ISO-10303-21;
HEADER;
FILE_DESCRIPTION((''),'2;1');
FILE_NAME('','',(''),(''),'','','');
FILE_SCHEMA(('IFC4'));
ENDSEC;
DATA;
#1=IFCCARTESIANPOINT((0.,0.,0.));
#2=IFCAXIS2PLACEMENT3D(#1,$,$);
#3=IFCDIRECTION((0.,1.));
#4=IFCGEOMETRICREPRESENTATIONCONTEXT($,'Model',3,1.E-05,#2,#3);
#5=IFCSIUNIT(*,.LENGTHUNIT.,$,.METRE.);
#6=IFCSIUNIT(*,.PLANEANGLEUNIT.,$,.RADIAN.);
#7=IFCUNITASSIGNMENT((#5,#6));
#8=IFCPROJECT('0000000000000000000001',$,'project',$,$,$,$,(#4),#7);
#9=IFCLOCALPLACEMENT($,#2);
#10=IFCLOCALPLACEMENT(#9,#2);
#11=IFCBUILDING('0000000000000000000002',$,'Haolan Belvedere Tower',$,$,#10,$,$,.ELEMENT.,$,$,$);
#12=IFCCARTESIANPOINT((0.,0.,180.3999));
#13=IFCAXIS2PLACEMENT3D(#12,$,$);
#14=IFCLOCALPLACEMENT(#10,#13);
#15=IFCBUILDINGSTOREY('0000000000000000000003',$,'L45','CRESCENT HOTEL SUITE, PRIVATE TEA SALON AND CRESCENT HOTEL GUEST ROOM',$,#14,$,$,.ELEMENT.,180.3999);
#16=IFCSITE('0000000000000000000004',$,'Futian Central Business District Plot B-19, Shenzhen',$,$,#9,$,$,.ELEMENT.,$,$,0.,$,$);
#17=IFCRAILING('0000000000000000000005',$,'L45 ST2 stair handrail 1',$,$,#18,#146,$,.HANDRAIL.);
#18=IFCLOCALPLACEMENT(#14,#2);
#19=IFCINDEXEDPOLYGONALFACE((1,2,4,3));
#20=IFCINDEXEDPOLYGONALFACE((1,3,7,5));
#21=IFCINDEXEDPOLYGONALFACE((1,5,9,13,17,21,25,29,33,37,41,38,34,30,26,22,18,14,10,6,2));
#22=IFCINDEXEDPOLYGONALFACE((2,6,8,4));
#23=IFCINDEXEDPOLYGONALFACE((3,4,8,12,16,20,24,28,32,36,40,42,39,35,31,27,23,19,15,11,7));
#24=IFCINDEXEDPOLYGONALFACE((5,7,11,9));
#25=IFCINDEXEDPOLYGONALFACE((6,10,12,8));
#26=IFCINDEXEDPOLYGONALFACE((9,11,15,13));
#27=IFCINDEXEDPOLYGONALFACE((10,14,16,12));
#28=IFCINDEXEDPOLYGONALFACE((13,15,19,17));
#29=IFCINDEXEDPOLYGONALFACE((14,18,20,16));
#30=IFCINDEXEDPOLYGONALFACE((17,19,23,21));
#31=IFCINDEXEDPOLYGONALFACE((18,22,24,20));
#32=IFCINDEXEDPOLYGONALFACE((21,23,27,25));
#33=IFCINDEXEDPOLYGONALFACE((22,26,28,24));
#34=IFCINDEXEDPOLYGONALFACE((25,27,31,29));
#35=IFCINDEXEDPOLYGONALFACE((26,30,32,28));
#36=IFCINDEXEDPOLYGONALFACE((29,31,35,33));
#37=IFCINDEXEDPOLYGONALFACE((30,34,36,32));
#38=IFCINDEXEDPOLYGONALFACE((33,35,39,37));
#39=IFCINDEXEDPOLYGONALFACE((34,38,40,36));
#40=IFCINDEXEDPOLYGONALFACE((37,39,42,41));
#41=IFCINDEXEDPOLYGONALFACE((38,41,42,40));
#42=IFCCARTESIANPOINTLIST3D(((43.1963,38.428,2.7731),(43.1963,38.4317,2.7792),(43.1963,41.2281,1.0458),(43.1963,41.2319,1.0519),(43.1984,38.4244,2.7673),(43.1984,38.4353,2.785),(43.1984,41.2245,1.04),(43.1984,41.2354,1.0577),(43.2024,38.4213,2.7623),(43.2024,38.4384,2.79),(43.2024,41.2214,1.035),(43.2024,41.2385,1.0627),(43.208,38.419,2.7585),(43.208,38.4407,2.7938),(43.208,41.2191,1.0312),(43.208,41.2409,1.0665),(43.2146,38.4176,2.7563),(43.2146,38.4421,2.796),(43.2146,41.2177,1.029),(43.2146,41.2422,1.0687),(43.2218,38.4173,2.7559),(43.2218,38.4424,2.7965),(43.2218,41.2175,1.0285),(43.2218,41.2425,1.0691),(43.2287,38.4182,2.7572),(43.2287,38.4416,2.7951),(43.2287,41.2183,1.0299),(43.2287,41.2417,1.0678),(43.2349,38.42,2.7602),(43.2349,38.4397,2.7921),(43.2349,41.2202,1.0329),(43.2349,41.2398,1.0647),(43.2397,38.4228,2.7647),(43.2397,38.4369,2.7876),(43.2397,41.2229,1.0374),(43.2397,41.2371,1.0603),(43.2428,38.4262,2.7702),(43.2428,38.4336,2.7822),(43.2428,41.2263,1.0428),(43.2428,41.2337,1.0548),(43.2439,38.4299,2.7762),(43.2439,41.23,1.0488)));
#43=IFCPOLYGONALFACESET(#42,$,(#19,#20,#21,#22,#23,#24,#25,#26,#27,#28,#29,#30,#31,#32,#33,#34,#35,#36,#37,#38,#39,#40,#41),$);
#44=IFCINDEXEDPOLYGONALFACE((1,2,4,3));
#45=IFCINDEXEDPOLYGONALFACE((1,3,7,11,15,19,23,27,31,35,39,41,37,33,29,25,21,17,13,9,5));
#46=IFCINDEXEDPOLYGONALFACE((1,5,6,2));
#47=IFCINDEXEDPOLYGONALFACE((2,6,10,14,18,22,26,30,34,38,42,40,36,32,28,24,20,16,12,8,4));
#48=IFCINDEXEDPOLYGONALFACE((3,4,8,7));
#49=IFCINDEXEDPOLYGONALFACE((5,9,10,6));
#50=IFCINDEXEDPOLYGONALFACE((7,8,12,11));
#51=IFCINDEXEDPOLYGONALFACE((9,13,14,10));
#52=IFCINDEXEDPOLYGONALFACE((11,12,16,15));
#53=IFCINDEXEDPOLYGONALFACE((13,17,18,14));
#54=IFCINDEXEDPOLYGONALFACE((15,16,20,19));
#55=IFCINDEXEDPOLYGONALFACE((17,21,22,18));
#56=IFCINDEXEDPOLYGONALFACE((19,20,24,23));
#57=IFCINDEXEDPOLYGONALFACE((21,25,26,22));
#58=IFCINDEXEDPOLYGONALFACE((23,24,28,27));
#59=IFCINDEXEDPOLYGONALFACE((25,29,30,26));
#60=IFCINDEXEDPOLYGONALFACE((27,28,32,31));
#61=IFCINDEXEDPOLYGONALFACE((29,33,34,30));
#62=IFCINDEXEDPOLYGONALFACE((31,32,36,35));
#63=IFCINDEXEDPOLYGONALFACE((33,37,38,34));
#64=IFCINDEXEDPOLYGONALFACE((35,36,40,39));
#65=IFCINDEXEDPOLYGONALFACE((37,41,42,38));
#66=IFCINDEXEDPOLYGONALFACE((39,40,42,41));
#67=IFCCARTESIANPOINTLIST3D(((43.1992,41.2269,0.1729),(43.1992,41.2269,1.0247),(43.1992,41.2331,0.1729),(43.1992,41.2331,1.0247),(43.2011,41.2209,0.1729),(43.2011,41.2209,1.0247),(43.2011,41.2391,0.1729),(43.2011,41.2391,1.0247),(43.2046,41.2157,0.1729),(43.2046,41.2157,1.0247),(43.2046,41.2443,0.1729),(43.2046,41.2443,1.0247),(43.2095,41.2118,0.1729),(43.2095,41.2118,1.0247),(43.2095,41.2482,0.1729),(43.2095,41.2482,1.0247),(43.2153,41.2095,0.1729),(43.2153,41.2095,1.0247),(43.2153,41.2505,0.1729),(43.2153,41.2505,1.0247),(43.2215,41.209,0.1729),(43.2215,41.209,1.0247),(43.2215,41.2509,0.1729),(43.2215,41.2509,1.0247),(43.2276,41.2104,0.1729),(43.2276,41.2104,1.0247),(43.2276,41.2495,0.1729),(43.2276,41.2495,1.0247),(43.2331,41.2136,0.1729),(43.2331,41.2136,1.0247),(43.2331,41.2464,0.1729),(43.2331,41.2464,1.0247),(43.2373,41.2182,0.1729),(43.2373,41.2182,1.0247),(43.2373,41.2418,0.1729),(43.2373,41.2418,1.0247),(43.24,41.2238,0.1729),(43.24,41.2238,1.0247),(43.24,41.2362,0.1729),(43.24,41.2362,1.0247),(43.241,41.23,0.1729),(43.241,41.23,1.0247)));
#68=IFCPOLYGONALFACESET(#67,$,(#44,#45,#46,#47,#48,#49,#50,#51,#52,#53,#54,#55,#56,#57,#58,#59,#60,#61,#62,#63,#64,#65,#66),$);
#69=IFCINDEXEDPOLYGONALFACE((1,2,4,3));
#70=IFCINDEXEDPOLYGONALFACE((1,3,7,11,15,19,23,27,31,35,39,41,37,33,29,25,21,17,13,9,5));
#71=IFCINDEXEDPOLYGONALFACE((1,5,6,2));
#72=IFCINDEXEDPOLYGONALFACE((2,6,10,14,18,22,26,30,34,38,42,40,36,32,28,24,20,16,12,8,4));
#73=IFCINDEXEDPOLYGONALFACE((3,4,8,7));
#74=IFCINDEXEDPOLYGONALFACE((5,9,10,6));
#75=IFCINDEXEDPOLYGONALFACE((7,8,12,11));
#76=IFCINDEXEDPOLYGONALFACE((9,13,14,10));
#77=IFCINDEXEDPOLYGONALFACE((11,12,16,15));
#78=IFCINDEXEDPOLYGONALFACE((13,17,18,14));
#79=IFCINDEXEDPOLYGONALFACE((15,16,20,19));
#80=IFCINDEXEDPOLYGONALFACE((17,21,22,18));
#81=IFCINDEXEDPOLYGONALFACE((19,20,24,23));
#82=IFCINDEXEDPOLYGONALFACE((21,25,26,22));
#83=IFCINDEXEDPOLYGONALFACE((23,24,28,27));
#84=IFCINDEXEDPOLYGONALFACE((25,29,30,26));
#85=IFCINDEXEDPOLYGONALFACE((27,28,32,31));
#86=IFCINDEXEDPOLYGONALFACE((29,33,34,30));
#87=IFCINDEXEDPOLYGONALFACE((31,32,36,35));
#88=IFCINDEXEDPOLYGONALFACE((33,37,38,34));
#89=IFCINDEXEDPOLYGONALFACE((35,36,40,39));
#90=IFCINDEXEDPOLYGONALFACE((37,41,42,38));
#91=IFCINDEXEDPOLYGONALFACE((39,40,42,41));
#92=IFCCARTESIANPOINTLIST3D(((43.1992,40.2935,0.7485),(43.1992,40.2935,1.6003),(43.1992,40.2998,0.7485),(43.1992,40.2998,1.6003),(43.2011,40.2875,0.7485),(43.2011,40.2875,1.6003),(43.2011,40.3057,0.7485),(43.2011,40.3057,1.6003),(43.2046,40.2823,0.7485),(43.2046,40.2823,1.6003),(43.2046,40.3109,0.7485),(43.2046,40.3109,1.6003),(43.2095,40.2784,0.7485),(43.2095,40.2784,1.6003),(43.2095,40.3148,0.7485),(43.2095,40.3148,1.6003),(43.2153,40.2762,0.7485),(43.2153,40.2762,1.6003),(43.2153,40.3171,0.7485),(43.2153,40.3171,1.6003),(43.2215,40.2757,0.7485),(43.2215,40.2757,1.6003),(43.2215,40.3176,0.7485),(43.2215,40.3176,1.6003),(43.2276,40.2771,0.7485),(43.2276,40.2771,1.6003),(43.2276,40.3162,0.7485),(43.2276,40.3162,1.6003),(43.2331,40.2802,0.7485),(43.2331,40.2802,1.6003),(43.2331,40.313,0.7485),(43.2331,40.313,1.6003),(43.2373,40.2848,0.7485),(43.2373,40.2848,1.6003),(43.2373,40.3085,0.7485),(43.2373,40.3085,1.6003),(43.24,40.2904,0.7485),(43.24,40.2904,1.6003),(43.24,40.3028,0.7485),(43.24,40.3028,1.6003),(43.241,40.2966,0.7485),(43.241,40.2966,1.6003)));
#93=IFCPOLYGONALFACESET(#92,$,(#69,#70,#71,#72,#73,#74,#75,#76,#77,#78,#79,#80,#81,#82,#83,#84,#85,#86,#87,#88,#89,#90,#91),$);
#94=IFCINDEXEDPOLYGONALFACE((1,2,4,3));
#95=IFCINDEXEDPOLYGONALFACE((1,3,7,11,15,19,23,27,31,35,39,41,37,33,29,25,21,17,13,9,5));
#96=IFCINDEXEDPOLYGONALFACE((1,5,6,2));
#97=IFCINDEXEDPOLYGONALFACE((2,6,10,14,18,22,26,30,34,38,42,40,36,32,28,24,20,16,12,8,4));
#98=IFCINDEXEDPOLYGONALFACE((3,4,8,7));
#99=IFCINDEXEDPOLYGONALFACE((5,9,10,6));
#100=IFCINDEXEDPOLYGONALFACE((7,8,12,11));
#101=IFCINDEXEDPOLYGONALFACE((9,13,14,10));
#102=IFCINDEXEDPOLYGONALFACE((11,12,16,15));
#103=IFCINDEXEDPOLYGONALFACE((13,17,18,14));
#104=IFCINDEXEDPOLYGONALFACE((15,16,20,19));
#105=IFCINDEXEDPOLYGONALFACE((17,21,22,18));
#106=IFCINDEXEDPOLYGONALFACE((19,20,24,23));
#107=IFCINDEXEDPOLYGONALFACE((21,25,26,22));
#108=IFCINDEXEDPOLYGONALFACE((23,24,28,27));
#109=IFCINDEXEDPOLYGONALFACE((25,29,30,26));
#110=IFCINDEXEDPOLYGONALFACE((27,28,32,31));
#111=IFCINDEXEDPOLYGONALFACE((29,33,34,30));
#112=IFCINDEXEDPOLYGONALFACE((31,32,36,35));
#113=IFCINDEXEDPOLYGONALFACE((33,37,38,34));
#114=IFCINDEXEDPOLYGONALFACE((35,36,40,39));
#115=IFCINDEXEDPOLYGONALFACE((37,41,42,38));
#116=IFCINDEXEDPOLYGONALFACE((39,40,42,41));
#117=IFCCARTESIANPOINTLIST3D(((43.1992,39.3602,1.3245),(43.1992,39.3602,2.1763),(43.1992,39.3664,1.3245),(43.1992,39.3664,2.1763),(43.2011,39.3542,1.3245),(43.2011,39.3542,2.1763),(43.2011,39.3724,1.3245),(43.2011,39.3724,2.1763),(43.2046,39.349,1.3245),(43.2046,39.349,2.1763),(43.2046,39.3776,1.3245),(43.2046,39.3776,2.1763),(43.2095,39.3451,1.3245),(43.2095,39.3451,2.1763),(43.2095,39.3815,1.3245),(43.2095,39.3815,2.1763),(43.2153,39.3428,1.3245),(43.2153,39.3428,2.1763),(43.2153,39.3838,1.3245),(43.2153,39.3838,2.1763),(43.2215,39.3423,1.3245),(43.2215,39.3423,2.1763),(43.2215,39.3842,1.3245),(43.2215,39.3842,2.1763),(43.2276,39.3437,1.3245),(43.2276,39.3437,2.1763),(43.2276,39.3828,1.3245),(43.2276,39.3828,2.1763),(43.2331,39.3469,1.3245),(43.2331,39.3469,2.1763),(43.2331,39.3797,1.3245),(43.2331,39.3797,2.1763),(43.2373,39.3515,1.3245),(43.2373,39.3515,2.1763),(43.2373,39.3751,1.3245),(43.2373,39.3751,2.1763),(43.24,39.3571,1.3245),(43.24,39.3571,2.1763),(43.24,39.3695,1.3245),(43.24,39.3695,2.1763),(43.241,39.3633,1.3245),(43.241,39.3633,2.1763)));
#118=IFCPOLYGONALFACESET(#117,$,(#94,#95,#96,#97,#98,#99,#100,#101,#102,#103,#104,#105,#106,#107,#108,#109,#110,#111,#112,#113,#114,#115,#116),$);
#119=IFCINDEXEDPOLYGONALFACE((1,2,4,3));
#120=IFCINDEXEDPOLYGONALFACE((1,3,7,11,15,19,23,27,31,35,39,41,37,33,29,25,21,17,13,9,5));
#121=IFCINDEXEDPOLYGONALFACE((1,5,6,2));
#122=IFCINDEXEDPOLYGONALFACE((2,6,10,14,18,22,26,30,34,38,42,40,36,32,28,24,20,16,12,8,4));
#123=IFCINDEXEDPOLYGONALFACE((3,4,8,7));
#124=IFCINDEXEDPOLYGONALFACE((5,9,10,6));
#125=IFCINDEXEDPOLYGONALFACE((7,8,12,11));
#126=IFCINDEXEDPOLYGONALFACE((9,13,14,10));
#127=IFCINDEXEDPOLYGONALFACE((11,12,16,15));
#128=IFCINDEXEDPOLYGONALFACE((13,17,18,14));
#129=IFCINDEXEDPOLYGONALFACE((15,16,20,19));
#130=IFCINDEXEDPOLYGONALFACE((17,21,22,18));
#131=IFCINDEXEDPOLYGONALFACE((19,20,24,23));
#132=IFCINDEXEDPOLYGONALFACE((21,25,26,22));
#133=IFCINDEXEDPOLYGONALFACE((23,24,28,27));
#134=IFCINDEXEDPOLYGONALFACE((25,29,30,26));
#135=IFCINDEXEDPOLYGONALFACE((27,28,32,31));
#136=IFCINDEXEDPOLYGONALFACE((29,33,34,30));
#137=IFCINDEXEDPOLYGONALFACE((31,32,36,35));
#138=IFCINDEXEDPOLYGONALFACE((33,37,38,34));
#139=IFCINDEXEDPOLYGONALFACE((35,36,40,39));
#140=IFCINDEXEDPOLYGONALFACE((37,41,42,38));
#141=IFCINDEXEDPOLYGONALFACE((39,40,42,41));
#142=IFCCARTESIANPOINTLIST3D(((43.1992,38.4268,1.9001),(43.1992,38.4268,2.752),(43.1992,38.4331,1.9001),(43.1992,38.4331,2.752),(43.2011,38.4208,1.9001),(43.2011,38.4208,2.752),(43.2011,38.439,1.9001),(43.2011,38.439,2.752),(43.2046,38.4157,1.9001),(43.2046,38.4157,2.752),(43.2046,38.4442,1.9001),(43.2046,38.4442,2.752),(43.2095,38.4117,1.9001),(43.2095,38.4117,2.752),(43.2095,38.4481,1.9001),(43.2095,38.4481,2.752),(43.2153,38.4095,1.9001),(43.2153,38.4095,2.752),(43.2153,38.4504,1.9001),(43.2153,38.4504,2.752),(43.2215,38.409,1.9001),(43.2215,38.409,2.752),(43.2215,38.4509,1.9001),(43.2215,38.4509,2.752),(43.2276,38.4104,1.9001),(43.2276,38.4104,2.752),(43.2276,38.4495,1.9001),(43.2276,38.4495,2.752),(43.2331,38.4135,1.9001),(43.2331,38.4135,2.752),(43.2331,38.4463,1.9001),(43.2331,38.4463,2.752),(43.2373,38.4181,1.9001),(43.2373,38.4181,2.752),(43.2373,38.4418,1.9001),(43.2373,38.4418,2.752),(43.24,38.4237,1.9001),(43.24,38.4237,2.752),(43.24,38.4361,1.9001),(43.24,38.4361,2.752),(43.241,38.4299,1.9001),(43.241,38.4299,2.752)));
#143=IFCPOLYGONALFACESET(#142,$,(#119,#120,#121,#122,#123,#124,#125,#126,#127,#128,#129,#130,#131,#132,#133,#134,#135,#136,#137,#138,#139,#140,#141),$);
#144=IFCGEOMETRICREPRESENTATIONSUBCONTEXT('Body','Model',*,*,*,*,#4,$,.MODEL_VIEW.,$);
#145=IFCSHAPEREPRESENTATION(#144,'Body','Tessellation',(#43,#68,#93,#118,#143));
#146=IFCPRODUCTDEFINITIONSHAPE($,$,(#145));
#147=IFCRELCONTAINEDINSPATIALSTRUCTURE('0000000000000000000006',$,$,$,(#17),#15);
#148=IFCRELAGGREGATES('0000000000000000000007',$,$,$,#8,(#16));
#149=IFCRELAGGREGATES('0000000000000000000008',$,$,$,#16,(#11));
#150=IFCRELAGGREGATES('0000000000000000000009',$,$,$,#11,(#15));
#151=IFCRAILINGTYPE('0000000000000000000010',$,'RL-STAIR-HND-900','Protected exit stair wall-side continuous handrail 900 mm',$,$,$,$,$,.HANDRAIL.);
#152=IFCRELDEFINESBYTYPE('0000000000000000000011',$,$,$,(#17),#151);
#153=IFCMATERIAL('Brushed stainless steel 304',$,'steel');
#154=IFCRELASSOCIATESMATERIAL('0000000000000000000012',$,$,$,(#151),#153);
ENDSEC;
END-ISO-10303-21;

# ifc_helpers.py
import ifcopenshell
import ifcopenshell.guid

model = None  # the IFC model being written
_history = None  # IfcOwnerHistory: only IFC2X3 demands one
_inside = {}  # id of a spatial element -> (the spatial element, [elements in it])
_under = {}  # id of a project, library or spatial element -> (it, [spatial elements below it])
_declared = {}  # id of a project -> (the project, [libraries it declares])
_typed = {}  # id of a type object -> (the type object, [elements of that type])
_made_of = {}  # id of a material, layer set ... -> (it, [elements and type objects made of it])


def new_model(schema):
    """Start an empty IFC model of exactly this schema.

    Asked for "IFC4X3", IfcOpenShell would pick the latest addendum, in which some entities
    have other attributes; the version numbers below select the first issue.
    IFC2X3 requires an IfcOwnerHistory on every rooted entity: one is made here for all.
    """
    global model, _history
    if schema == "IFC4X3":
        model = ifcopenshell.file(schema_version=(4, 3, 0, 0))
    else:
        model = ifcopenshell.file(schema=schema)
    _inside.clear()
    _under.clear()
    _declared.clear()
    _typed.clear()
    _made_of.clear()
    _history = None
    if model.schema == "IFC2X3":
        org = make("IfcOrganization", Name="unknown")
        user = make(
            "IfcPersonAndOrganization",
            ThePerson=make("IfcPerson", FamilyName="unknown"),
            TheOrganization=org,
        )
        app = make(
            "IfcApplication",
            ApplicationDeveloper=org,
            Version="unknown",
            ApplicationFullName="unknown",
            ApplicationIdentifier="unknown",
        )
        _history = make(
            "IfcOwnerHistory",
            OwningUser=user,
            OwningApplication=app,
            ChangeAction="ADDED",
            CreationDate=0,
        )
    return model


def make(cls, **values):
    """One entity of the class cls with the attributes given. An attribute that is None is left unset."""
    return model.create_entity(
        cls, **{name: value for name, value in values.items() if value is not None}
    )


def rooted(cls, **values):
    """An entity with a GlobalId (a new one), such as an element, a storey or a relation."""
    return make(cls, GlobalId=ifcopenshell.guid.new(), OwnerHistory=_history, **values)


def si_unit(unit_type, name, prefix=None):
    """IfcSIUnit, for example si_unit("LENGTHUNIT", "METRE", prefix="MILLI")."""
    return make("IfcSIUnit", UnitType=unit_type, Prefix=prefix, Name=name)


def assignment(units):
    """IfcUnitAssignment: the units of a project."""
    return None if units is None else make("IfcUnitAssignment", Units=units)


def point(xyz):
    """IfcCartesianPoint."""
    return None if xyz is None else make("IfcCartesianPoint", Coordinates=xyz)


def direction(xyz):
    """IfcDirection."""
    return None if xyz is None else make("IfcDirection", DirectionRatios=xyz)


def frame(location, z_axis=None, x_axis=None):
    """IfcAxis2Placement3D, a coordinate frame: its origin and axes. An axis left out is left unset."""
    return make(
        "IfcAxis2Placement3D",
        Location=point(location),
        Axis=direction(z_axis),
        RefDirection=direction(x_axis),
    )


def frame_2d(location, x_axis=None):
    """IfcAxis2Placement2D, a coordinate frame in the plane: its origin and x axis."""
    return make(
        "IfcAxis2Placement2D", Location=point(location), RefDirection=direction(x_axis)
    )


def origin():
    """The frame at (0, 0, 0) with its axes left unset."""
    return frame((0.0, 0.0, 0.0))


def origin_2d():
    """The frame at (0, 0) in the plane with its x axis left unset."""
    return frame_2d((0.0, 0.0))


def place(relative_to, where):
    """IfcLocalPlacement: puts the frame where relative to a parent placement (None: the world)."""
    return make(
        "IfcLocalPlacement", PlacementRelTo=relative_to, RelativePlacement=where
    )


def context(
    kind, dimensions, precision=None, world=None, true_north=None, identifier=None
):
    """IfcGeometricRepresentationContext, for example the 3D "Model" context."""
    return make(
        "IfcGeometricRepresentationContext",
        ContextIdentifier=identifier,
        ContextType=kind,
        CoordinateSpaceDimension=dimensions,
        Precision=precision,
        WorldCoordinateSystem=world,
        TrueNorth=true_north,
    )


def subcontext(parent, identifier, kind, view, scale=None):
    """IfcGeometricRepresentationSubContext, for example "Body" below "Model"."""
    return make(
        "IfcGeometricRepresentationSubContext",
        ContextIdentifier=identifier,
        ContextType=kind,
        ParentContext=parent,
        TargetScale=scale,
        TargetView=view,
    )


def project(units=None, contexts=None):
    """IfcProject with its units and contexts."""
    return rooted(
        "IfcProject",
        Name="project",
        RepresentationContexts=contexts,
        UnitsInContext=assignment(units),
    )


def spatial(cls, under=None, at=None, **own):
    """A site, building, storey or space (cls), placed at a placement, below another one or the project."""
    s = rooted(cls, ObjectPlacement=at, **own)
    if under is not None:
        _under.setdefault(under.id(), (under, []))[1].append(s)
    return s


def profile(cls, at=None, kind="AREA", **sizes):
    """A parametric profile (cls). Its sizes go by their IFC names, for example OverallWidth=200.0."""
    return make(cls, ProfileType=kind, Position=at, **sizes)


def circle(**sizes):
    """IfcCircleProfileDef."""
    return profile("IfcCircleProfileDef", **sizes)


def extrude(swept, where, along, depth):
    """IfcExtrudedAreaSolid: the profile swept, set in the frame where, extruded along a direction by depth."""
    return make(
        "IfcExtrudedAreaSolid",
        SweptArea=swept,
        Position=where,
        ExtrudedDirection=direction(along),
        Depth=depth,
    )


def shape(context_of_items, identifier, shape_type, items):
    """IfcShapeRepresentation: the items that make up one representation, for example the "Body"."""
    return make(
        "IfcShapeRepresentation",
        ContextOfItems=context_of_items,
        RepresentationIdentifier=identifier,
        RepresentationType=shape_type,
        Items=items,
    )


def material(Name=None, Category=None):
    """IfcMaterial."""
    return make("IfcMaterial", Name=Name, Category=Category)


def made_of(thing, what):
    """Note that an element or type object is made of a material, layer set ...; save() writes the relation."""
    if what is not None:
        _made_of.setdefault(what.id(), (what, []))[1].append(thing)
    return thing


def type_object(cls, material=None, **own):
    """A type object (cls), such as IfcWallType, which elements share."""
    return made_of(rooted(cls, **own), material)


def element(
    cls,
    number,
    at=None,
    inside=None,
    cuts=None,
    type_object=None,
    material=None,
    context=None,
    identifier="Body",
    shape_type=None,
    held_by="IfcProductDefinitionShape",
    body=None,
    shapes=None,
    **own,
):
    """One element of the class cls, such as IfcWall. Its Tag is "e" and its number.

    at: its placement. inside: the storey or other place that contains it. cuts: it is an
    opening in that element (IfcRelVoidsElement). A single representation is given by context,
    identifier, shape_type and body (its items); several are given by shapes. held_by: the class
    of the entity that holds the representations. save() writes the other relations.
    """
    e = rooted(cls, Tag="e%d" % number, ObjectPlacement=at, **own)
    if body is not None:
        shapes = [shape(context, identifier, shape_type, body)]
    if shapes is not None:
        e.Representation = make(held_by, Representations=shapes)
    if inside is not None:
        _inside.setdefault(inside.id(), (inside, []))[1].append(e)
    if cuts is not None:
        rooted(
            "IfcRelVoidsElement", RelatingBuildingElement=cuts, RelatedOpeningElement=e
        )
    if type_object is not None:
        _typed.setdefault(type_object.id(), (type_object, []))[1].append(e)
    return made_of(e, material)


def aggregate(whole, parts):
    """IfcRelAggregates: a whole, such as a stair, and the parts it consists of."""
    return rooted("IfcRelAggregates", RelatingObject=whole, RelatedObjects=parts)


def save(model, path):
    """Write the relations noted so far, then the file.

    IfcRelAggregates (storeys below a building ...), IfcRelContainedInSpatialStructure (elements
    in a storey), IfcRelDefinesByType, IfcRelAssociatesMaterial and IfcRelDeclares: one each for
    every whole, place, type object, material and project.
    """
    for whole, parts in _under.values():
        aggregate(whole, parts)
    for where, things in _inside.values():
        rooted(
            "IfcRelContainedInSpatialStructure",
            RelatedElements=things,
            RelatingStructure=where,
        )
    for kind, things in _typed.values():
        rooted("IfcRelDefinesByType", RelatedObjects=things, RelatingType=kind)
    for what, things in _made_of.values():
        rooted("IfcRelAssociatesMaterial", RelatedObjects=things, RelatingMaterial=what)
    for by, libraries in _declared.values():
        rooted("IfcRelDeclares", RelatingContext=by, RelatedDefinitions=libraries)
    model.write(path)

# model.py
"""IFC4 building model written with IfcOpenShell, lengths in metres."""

from ifc_helpers import new_model, si_unit, direction, frame, origin, origin_2d, place, context, subcontext, project, spatial, circle, extrude, material, type_object, element, save


model = new_model("IFC4")

# Units and contexts
model_context = context("Model", 3, precision=1e-05, world=origin(), true_north=direction((0.0, 1.0)))
body_context = subcontext(model_context, "Body", "Model", "MODEL_VIEW")
ifc_project = project(units=[si_unit("LENGTHUNIT", "METRE"), si_unit("PLANEANGLEUNIT", "RADIAN")], contexts=[model_context])

# Site, building, storey
site_placement = place(None, origin())
site = spatial("IfcSite", under=ifc_project, at=site_placement, Name="Futian Central Business District Plot B-19, Shenzhen", CompositionType="ELEMENT", RefElevation=0.0)
building_placement = place(site_placement, origin())
building = spatial("IfcBuilding", under=site, at=building_placement, Name="Haolan Belvedere Tower", CompositionType="ELEMENT")
storey_placement = place(building_placement, frame((0.0, 0.0, 180.3999)))
storey = spatial("IfcBuildingStorey", under=building, at=storey_placement, Name="L45", Description="CRESCENT HOTEL SUITE, PRIVATE TEA SALON AND CRESCENT HOTEL GUEST ROOM", CompositionType="ELEMENT", Elevation=180.3999)

# Railing
ifc_material_1 = material(Name="Brushed stainless steel 304", Category="steel")
railing_type_1 = type_object("IfcRailingType", Name="RL-STAIR-HND-900", Description="Protected exit stair wall-side continuous handrail 900 mm", PredefinedType="HANDRAIL", material=ifc_material_1)
railing_1_placement = place(storey_placement, frame((43.22, 41.23, 0.1729)))
element("IfcRailing", 1, at=railing_1_placement, inside=storey, type_object=railing_type_1, Name="L45 ST2 stair handrail 1", PredefinedType="HANDRAIL", context=body_context, shape_type="SweptSolid", body=[
    extrude(circle(Radius=0.0239, at=origin_2d()), frame((0.0, 0.0, 0.876), z_axis=(0.0, -0.85109, 0.52502), x_axis=(1.0, 0.0, 0.0)), (0.0, 0.0, 1.0), 3.29),
    extrude(circle(Radius=0.021, at=origin_2d()), origin(), (0.0, 0.0, 1.0), 0.8518),
    extrude(circle(Radius=0.021, at=origin_2d()), frame((0.0, -0.9333, 0.5757)), (0.0, 0.0, 1.0), 0.8518),
    extrude(circle(Radius=0.021, at=origin_2d()), frame((0.0, -1.8667, 1.1516)), (0.0, 0.0, 1.0), 0.8518),
    extrude(circle(Radius=0.021, at=origin_2d()), frame((0.0, -2.8, 1.7273)), (0.0, 0.0, 1.0), 0.8518),
])

save(model, "model.ifc")
